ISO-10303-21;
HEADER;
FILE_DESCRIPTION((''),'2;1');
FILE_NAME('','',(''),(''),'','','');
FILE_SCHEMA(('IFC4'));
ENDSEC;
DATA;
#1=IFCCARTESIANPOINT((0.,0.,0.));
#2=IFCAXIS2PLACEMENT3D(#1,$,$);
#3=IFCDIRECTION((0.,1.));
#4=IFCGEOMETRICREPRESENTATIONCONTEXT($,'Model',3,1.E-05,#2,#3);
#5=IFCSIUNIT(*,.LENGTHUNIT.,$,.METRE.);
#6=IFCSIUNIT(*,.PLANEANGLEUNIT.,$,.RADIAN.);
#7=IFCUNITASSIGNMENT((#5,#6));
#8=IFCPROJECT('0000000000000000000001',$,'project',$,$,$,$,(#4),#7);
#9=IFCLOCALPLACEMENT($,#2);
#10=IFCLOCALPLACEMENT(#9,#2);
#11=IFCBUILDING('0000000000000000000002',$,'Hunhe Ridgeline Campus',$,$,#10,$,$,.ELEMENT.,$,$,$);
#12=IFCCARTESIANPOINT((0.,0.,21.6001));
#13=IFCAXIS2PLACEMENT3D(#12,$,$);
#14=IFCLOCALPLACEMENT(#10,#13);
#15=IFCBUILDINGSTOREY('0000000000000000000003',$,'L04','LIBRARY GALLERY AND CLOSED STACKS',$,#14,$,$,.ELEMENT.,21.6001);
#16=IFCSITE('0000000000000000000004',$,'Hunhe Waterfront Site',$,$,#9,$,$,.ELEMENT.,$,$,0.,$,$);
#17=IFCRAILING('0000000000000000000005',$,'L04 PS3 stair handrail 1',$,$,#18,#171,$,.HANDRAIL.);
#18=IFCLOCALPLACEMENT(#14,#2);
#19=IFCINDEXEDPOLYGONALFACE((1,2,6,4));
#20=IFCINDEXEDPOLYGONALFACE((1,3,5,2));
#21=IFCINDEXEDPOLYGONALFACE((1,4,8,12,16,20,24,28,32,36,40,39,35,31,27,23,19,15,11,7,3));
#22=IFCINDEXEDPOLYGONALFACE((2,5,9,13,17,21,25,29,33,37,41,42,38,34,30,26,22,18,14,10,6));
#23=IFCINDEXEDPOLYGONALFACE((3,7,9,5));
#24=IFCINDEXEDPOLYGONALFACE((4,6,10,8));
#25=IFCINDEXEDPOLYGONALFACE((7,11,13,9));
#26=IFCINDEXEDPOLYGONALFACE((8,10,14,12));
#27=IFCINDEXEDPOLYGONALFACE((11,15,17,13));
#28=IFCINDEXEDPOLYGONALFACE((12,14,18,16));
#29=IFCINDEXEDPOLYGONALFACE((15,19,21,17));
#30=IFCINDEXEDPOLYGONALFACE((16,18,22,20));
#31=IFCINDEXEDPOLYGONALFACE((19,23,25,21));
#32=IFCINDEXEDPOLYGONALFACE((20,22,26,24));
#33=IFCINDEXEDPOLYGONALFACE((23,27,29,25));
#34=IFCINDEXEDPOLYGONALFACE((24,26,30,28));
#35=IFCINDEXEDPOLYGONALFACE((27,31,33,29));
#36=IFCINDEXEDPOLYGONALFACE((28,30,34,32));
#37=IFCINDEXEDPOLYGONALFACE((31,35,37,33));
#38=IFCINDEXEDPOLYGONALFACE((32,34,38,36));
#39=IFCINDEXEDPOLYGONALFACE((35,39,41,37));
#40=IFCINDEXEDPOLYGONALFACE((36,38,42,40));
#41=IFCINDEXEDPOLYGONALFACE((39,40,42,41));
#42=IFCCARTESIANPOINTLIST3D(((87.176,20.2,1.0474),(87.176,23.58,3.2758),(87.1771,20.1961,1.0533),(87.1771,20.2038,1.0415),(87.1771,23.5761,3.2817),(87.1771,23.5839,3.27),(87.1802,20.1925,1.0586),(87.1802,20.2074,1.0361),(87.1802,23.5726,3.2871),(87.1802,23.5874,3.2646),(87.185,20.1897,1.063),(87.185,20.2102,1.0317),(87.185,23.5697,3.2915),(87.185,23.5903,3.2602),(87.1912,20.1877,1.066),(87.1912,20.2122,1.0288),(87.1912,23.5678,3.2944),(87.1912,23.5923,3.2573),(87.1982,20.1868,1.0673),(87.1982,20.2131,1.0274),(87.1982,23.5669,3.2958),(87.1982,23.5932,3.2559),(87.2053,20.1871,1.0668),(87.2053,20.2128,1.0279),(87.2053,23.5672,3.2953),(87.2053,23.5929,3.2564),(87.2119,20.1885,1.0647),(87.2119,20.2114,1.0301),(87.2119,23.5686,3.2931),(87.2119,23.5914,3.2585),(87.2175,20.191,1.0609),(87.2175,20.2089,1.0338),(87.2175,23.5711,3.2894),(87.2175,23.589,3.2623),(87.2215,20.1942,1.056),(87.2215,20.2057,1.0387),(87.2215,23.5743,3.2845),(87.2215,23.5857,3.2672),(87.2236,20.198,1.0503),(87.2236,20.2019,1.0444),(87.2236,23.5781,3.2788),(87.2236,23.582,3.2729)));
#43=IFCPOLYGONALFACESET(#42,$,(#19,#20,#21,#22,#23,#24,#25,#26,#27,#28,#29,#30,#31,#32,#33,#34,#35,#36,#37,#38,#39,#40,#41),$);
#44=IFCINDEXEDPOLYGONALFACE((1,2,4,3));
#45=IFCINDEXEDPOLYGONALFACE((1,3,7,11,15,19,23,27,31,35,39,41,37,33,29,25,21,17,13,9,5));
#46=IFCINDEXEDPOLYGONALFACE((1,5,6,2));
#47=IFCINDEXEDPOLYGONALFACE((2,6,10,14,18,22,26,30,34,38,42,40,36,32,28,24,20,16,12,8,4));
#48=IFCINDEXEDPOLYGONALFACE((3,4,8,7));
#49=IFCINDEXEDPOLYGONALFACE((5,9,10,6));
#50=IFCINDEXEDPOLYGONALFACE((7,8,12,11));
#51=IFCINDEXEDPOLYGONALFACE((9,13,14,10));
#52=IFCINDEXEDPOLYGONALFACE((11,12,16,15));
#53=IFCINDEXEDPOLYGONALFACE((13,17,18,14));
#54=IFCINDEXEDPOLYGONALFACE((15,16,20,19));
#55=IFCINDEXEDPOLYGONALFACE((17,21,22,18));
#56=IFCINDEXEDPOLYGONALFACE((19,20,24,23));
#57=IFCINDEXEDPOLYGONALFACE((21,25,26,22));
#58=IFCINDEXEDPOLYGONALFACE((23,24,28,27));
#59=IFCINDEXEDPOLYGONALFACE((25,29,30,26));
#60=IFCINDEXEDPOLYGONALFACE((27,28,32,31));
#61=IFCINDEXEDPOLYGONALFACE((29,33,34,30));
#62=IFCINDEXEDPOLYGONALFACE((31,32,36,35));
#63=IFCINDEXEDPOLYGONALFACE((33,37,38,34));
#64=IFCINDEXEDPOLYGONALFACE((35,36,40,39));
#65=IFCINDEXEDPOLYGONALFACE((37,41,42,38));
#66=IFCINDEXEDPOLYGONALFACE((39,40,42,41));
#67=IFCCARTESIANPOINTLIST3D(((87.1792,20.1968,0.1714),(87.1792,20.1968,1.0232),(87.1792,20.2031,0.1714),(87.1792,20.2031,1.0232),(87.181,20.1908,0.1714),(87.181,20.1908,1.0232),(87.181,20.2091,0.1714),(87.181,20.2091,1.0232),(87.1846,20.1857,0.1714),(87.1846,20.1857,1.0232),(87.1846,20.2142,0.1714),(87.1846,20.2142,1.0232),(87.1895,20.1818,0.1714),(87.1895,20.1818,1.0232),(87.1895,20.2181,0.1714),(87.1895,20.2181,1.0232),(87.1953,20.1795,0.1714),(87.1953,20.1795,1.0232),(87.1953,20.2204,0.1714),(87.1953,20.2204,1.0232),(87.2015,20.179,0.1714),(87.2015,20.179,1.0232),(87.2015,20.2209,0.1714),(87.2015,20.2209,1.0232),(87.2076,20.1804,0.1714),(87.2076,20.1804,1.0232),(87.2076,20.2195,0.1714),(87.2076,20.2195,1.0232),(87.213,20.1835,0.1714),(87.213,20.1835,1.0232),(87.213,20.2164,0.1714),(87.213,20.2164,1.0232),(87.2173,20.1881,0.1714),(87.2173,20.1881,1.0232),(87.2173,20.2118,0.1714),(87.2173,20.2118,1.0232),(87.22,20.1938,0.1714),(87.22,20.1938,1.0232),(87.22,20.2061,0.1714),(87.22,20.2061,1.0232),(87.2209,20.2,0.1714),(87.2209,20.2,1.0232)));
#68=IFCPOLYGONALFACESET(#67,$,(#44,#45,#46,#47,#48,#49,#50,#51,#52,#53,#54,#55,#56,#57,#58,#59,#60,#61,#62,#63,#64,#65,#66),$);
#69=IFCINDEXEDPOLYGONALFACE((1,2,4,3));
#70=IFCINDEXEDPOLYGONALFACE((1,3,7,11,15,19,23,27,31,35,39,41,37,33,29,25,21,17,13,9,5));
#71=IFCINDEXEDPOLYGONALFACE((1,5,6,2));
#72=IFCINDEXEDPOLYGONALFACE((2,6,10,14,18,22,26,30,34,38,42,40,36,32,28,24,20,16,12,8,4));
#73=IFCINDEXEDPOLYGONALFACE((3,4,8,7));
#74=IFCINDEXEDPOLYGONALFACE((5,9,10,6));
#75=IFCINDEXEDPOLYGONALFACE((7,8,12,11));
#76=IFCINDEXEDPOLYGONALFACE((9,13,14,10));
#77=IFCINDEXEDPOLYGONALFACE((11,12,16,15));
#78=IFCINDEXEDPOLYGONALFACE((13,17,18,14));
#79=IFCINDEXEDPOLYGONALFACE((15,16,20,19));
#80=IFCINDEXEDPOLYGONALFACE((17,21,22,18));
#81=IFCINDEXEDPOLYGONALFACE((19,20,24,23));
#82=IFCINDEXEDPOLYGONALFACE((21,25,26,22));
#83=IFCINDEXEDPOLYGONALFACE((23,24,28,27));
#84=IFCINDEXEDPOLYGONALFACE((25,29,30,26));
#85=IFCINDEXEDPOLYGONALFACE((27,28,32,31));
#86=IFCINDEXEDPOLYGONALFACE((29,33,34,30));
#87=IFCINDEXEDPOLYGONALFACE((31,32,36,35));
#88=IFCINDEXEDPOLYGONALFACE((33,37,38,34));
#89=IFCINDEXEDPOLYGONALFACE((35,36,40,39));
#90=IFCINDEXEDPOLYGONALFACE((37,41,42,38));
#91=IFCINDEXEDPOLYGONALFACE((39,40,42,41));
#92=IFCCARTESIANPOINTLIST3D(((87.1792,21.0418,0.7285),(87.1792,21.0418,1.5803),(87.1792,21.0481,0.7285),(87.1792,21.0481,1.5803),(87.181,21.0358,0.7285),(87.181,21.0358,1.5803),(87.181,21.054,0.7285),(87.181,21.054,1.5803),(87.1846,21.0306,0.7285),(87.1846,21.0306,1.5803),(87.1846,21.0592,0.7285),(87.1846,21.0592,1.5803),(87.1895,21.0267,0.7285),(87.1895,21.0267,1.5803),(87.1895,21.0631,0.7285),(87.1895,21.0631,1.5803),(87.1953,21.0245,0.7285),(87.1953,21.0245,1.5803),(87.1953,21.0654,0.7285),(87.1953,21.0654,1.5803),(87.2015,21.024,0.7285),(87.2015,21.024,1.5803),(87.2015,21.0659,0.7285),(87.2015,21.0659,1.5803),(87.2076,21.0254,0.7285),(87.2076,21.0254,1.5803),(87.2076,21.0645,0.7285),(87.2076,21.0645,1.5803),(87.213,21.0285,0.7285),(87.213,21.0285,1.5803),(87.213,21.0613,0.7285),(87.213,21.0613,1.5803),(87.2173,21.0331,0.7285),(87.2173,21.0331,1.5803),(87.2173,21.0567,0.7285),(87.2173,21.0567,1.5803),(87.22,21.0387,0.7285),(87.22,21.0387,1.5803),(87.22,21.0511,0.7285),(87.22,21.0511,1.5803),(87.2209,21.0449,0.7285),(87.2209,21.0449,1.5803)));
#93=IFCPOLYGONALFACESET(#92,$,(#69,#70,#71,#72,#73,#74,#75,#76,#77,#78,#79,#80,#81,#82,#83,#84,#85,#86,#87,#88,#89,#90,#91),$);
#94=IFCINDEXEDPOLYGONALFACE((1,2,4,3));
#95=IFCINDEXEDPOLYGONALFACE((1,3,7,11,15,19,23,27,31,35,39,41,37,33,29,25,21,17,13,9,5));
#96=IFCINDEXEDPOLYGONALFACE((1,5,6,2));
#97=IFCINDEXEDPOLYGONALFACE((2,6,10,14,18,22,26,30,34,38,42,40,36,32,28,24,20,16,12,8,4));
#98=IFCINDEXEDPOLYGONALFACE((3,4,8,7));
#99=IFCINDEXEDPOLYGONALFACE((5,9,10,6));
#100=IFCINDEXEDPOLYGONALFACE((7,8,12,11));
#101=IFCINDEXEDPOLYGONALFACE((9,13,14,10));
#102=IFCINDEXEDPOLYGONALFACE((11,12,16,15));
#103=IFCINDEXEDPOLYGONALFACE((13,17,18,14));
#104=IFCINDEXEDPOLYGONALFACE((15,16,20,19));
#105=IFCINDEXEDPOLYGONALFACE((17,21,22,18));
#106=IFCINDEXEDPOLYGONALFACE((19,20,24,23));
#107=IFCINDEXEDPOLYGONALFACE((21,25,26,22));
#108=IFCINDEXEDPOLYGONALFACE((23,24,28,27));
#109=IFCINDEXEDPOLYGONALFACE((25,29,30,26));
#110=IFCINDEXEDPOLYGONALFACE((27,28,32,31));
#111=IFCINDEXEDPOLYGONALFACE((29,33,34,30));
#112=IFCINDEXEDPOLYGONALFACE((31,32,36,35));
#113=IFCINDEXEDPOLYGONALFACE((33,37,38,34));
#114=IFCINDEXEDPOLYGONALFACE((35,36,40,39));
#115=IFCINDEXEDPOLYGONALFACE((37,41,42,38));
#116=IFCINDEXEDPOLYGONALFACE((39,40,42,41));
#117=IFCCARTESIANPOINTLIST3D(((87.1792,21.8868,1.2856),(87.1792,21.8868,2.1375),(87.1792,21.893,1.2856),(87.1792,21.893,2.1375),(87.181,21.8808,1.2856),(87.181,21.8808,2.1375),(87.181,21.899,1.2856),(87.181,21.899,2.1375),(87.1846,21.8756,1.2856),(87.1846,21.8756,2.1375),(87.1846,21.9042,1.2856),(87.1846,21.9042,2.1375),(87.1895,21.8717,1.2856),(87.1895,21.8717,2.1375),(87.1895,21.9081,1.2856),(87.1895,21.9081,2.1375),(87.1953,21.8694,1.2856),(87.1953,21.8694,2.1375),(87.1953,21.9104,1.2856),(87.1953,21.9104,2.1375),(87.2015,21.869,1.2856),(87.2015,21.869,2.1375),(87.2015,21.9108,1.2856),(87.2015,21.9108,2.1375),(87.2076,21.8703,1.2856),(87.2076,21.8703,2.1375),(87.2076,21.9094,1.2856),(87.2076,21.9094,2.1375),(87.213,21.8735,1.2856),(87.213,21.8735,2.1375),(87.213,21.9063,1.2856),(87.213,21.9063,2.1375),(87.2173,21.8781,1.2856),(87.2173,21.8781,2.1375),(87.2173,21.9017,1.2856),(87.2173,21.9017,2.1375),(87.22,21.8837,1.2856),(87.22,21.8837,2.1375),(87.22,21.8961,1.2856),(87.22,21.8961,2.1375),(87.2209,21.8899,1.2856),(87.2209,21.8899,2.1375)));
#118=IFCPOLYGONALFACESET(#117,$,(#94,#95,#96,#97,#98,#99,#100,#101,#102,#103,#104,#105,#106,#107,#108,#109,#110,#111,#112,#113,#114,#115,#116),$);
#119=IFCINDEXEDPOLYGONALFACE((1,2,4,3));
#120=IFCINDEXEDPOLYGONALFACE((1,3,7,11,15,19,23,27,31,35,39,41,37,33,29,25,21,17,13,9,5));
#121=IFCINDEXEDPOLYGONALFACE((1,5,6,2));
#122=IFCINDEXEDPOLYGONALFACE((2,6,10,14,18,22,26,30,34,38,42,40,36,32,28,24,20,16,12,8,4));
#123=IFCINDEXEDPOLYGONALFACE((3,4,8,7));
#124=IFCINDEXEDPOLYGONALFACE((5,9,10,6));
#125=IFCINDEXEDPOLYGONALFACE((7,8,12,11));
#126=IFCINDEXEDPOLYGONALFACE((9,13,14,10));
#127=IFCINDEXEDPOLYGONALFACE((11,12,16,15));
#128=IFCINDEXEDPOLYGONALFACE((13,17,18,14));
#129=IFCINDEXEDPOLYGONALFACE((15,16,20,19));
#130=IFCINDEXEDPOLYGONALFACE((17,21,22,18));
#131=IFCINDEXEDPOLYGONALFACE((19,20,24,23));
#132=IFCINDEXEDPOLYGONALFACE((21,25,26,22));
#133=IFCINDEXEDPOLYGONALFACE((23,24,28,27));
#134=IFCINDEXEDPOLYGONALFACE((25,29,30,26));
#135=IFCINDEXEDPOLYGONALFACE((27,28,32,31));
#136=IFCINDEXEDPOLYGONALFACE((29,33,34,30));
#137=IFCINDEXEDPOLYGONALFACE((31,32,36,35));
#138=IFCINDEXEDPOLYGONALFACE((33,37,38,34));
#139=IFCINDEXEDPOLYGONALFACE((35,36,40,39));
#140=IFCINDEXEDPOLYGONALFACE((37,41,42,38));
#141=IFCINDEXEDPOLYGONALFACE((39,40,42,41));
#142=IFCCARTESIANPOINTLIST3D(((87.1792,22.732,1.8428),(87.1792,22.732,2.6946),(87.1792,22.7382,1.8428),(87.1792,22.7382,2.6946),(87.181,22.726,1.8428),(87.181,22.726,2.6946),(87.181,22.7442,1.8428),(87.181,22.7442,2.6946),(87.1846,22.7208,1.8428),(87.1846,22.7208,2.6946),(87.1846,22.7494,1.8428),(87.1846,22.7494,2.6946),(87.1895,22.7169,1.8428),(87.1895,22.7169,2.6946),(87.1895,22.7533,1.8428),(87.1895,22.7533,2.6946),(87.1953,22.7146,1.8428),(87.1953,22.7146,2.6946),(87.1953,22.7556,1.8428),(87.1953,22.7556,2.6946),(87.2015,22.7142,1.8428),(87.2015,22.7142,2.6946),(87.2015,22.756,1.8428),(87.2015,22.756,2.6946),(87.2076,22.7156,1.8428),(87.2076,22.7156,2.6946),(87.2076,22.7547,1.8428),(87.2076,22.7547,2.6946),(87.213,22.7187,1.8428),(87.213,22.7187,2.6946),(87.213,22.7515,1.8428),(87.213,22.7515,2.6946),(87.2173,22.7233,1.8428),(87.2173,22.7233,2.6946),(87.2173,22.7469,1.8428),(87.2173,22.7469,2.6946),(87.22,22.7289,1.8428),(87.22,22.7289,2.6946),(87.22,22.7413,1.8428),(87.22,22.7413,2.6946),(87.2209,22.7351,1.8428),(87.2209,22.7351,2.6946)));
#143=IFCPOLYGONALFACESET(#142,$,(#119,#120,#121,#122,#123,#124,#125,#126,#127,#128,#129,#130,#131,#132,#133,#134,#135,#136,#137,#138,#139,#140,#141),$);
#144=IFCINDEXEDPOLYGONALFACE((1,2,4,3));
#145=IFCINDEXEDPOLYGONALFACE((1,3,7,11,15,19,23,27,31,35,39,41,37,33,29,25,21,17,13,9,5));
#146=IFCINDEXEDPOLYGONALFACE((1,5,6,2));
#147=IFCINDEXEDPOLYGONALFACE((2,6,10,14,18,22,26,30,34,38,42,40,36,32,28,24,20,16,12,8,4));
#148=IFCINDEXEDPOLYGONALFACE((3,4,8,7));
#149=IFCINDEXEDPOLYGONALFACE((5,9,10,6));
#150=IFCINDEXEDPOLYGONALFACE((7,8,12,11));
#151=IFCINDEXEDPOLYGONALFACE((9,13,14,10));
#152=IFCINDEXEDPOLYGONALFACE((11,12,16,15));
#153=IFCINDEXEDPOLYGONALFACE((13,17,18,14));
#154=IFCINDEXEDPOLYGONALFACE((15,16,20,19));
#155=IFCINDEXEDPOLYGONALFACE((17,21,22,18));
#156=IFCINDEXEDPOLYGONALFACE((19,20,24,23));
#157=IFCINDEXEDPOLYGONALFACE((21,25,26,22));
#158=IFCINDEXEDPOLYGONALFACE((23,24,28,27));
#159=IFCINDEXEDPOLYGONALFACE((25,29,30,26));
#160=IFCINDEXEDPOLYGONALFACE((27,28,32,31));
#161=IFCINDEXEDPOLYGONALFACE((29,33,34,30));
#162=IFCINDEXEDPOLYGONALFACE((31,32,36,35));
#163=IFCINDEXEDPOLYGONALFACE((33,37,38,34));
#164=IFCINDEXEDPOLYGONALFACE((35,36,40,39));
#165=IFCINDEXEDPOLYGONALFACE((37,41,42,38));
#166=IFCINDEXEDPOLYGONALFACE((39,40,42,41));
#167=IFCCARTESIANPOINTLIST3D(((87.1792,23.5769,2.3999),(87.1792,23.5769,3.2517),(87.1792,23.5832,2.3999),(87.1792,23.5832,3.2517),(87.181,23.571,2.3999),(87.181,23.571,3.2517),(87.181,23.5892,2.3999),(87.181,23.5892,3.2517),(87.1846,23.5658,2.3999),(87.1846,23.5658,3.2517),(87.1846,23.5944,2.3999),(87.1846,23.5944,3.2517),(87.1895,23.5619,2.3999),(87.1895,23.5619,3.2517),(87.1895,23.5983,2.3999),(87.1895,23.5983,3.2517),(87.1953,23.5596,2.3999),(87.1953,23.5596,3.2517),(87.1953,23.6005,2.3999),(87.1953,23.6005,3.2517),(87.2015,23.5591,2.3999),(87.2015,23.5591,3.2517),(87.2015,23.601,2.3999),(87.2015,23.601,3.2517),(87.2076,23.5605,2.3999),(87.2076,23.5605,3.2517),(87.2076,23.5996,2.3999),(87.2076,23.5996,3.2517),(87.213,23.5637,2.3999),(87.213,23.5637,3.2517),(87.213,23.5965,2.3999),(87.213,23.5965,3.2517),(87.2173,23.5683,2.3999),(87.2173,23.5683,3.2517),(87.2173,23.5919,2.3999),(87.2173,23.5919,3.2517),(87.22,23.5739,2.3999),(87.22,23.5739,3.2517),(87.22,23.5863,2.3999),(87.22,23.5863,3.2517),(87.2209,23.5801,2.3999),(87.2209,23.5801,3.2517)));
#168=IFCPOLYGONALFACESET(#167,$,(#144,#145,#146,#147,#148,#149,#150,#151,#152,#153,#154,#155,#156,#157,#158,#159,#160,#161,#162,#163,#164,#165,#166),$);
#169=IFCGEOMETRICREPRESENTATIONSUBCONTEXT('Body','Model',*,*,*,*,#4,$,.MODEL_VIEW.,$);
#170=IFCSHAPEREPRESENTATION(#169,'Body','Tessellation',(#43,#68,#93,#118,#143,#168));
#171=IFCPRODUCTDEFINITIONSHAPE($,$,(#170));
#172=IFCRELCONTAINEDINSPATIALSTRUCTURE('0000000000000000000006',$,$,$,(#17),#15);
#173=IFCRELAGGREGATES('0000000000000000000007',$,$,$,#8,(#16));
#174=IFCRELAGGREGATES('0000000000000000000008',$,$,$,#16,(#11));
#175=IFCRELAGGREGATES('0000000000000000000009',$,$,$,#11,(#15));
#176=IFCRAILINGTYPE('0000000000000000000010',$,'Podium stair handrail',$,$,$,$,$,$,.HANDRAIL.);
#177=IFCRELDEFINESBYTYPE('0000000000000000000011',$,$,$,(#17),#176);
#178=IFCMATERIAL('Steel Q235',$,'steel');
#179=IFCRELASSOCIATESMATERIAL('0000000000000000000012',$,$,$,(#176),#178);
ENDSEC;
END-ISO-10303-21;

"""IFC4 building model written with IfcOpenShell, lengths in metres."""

from ifc_helpers import new_model, si_unit, direction, frame, origin, origin_2d, place, context, subcontext, project, spatial, circle, extrude, material, type_object, element, save


model = new_model("IFC4")

# Units and contexts
model_context = context("Model", 3, precision=1e-05, world=origin(), true_north=direction((0.0, 1.0)))
body_context = subcontext(model_context, "Body", "Model", "MODEL_VIEW")
ifc_project = project(units=[si_unit("LENGTHUNIT", "METRE"), si_unit("PLANEANGLEUNIT", "RADIAN")], contexts=[model_context])

# Site, building, storey
site_placement = place(None, origin())
site = spatial("IfcSite", under=ifc_project, at=site_placement, Name="Hunhe Waterfront Site", CompositionType="ELEMENT", RefElevation=0.0)
building_placement = place(site_placement, origin())
building = spatial("IfcBuilding", under=site, at=building_placement, Name="Hunhe Ridgeline Campus", CompositionType="ELEMENT")
storey_placement = place(building_placement, frame((0.0, 0.0, 21.6001)))
storey = spatial("IfcBuildingStorey", under=building, at=storey_placement, Name="L04", Description="LIBRARY GALLERY AND CLOSED STACKS", CompositionType="ELEMENT", Elevation=21.6001)

# Shared definitions
ifc_material_1 = material(Name="Steel Q235", Category="steel")

# Railing
railing_type_1 = type_object("IfcRailingType", Name="Podium stair handrail", PredefinedType="HANDRAIL", material=ifc_material_1)
railing_1_placement = place(storey_placement, frame((87.2, 20.2, 0.1714)))
element("IfcRailing", 1, at=railing_1_placement, inside=storey, type_object=railing_type_1, Name="L04 PS3 stair handrail 1", PredefinedType="HANDRAIL", context=body_context, shape_type="SweptSolid", body=[
    extrude(circle(Radius=0.0239, at=origin_2d()), frame((0.0, 0.0, 0.876), z_axis=(0.0, 0.834878, 0.550435), x_axis=(-1.0, 0.0, 0.0)), (0.0, 0.0, 1.0), 4.0486),
    extrude(circle(Radius=0.021, at=origin_2d()), origin(), (0.0, 0.0, 1.0), 0.8518),
    extrude(circle(Radius=0.021, at=origin_2d()), frame((0.0, 0.845, 0.5571)), (0.0, 0.0, 1.0), 0.8518),
    extrude(circle(Radius=0.021, at=origin_2d()), frame((0.0, 1.6899, 1.1143)), (0.0, 0.0, 1.0), 0.8518),
    extrude(circle(Radius=0.021, at=origin_2d()), frame((0.0, 2.5352, 1.6714)), (0.0, 0.0, 1.0), 0.8518),
    extrude(circle(Radius=0.021, at=origin_2d()), frame((0.0, 3.3801, 2.2285)), (0.0, 0.0, 1.0), 0.8518),
])

save(model, "model.ifc")
